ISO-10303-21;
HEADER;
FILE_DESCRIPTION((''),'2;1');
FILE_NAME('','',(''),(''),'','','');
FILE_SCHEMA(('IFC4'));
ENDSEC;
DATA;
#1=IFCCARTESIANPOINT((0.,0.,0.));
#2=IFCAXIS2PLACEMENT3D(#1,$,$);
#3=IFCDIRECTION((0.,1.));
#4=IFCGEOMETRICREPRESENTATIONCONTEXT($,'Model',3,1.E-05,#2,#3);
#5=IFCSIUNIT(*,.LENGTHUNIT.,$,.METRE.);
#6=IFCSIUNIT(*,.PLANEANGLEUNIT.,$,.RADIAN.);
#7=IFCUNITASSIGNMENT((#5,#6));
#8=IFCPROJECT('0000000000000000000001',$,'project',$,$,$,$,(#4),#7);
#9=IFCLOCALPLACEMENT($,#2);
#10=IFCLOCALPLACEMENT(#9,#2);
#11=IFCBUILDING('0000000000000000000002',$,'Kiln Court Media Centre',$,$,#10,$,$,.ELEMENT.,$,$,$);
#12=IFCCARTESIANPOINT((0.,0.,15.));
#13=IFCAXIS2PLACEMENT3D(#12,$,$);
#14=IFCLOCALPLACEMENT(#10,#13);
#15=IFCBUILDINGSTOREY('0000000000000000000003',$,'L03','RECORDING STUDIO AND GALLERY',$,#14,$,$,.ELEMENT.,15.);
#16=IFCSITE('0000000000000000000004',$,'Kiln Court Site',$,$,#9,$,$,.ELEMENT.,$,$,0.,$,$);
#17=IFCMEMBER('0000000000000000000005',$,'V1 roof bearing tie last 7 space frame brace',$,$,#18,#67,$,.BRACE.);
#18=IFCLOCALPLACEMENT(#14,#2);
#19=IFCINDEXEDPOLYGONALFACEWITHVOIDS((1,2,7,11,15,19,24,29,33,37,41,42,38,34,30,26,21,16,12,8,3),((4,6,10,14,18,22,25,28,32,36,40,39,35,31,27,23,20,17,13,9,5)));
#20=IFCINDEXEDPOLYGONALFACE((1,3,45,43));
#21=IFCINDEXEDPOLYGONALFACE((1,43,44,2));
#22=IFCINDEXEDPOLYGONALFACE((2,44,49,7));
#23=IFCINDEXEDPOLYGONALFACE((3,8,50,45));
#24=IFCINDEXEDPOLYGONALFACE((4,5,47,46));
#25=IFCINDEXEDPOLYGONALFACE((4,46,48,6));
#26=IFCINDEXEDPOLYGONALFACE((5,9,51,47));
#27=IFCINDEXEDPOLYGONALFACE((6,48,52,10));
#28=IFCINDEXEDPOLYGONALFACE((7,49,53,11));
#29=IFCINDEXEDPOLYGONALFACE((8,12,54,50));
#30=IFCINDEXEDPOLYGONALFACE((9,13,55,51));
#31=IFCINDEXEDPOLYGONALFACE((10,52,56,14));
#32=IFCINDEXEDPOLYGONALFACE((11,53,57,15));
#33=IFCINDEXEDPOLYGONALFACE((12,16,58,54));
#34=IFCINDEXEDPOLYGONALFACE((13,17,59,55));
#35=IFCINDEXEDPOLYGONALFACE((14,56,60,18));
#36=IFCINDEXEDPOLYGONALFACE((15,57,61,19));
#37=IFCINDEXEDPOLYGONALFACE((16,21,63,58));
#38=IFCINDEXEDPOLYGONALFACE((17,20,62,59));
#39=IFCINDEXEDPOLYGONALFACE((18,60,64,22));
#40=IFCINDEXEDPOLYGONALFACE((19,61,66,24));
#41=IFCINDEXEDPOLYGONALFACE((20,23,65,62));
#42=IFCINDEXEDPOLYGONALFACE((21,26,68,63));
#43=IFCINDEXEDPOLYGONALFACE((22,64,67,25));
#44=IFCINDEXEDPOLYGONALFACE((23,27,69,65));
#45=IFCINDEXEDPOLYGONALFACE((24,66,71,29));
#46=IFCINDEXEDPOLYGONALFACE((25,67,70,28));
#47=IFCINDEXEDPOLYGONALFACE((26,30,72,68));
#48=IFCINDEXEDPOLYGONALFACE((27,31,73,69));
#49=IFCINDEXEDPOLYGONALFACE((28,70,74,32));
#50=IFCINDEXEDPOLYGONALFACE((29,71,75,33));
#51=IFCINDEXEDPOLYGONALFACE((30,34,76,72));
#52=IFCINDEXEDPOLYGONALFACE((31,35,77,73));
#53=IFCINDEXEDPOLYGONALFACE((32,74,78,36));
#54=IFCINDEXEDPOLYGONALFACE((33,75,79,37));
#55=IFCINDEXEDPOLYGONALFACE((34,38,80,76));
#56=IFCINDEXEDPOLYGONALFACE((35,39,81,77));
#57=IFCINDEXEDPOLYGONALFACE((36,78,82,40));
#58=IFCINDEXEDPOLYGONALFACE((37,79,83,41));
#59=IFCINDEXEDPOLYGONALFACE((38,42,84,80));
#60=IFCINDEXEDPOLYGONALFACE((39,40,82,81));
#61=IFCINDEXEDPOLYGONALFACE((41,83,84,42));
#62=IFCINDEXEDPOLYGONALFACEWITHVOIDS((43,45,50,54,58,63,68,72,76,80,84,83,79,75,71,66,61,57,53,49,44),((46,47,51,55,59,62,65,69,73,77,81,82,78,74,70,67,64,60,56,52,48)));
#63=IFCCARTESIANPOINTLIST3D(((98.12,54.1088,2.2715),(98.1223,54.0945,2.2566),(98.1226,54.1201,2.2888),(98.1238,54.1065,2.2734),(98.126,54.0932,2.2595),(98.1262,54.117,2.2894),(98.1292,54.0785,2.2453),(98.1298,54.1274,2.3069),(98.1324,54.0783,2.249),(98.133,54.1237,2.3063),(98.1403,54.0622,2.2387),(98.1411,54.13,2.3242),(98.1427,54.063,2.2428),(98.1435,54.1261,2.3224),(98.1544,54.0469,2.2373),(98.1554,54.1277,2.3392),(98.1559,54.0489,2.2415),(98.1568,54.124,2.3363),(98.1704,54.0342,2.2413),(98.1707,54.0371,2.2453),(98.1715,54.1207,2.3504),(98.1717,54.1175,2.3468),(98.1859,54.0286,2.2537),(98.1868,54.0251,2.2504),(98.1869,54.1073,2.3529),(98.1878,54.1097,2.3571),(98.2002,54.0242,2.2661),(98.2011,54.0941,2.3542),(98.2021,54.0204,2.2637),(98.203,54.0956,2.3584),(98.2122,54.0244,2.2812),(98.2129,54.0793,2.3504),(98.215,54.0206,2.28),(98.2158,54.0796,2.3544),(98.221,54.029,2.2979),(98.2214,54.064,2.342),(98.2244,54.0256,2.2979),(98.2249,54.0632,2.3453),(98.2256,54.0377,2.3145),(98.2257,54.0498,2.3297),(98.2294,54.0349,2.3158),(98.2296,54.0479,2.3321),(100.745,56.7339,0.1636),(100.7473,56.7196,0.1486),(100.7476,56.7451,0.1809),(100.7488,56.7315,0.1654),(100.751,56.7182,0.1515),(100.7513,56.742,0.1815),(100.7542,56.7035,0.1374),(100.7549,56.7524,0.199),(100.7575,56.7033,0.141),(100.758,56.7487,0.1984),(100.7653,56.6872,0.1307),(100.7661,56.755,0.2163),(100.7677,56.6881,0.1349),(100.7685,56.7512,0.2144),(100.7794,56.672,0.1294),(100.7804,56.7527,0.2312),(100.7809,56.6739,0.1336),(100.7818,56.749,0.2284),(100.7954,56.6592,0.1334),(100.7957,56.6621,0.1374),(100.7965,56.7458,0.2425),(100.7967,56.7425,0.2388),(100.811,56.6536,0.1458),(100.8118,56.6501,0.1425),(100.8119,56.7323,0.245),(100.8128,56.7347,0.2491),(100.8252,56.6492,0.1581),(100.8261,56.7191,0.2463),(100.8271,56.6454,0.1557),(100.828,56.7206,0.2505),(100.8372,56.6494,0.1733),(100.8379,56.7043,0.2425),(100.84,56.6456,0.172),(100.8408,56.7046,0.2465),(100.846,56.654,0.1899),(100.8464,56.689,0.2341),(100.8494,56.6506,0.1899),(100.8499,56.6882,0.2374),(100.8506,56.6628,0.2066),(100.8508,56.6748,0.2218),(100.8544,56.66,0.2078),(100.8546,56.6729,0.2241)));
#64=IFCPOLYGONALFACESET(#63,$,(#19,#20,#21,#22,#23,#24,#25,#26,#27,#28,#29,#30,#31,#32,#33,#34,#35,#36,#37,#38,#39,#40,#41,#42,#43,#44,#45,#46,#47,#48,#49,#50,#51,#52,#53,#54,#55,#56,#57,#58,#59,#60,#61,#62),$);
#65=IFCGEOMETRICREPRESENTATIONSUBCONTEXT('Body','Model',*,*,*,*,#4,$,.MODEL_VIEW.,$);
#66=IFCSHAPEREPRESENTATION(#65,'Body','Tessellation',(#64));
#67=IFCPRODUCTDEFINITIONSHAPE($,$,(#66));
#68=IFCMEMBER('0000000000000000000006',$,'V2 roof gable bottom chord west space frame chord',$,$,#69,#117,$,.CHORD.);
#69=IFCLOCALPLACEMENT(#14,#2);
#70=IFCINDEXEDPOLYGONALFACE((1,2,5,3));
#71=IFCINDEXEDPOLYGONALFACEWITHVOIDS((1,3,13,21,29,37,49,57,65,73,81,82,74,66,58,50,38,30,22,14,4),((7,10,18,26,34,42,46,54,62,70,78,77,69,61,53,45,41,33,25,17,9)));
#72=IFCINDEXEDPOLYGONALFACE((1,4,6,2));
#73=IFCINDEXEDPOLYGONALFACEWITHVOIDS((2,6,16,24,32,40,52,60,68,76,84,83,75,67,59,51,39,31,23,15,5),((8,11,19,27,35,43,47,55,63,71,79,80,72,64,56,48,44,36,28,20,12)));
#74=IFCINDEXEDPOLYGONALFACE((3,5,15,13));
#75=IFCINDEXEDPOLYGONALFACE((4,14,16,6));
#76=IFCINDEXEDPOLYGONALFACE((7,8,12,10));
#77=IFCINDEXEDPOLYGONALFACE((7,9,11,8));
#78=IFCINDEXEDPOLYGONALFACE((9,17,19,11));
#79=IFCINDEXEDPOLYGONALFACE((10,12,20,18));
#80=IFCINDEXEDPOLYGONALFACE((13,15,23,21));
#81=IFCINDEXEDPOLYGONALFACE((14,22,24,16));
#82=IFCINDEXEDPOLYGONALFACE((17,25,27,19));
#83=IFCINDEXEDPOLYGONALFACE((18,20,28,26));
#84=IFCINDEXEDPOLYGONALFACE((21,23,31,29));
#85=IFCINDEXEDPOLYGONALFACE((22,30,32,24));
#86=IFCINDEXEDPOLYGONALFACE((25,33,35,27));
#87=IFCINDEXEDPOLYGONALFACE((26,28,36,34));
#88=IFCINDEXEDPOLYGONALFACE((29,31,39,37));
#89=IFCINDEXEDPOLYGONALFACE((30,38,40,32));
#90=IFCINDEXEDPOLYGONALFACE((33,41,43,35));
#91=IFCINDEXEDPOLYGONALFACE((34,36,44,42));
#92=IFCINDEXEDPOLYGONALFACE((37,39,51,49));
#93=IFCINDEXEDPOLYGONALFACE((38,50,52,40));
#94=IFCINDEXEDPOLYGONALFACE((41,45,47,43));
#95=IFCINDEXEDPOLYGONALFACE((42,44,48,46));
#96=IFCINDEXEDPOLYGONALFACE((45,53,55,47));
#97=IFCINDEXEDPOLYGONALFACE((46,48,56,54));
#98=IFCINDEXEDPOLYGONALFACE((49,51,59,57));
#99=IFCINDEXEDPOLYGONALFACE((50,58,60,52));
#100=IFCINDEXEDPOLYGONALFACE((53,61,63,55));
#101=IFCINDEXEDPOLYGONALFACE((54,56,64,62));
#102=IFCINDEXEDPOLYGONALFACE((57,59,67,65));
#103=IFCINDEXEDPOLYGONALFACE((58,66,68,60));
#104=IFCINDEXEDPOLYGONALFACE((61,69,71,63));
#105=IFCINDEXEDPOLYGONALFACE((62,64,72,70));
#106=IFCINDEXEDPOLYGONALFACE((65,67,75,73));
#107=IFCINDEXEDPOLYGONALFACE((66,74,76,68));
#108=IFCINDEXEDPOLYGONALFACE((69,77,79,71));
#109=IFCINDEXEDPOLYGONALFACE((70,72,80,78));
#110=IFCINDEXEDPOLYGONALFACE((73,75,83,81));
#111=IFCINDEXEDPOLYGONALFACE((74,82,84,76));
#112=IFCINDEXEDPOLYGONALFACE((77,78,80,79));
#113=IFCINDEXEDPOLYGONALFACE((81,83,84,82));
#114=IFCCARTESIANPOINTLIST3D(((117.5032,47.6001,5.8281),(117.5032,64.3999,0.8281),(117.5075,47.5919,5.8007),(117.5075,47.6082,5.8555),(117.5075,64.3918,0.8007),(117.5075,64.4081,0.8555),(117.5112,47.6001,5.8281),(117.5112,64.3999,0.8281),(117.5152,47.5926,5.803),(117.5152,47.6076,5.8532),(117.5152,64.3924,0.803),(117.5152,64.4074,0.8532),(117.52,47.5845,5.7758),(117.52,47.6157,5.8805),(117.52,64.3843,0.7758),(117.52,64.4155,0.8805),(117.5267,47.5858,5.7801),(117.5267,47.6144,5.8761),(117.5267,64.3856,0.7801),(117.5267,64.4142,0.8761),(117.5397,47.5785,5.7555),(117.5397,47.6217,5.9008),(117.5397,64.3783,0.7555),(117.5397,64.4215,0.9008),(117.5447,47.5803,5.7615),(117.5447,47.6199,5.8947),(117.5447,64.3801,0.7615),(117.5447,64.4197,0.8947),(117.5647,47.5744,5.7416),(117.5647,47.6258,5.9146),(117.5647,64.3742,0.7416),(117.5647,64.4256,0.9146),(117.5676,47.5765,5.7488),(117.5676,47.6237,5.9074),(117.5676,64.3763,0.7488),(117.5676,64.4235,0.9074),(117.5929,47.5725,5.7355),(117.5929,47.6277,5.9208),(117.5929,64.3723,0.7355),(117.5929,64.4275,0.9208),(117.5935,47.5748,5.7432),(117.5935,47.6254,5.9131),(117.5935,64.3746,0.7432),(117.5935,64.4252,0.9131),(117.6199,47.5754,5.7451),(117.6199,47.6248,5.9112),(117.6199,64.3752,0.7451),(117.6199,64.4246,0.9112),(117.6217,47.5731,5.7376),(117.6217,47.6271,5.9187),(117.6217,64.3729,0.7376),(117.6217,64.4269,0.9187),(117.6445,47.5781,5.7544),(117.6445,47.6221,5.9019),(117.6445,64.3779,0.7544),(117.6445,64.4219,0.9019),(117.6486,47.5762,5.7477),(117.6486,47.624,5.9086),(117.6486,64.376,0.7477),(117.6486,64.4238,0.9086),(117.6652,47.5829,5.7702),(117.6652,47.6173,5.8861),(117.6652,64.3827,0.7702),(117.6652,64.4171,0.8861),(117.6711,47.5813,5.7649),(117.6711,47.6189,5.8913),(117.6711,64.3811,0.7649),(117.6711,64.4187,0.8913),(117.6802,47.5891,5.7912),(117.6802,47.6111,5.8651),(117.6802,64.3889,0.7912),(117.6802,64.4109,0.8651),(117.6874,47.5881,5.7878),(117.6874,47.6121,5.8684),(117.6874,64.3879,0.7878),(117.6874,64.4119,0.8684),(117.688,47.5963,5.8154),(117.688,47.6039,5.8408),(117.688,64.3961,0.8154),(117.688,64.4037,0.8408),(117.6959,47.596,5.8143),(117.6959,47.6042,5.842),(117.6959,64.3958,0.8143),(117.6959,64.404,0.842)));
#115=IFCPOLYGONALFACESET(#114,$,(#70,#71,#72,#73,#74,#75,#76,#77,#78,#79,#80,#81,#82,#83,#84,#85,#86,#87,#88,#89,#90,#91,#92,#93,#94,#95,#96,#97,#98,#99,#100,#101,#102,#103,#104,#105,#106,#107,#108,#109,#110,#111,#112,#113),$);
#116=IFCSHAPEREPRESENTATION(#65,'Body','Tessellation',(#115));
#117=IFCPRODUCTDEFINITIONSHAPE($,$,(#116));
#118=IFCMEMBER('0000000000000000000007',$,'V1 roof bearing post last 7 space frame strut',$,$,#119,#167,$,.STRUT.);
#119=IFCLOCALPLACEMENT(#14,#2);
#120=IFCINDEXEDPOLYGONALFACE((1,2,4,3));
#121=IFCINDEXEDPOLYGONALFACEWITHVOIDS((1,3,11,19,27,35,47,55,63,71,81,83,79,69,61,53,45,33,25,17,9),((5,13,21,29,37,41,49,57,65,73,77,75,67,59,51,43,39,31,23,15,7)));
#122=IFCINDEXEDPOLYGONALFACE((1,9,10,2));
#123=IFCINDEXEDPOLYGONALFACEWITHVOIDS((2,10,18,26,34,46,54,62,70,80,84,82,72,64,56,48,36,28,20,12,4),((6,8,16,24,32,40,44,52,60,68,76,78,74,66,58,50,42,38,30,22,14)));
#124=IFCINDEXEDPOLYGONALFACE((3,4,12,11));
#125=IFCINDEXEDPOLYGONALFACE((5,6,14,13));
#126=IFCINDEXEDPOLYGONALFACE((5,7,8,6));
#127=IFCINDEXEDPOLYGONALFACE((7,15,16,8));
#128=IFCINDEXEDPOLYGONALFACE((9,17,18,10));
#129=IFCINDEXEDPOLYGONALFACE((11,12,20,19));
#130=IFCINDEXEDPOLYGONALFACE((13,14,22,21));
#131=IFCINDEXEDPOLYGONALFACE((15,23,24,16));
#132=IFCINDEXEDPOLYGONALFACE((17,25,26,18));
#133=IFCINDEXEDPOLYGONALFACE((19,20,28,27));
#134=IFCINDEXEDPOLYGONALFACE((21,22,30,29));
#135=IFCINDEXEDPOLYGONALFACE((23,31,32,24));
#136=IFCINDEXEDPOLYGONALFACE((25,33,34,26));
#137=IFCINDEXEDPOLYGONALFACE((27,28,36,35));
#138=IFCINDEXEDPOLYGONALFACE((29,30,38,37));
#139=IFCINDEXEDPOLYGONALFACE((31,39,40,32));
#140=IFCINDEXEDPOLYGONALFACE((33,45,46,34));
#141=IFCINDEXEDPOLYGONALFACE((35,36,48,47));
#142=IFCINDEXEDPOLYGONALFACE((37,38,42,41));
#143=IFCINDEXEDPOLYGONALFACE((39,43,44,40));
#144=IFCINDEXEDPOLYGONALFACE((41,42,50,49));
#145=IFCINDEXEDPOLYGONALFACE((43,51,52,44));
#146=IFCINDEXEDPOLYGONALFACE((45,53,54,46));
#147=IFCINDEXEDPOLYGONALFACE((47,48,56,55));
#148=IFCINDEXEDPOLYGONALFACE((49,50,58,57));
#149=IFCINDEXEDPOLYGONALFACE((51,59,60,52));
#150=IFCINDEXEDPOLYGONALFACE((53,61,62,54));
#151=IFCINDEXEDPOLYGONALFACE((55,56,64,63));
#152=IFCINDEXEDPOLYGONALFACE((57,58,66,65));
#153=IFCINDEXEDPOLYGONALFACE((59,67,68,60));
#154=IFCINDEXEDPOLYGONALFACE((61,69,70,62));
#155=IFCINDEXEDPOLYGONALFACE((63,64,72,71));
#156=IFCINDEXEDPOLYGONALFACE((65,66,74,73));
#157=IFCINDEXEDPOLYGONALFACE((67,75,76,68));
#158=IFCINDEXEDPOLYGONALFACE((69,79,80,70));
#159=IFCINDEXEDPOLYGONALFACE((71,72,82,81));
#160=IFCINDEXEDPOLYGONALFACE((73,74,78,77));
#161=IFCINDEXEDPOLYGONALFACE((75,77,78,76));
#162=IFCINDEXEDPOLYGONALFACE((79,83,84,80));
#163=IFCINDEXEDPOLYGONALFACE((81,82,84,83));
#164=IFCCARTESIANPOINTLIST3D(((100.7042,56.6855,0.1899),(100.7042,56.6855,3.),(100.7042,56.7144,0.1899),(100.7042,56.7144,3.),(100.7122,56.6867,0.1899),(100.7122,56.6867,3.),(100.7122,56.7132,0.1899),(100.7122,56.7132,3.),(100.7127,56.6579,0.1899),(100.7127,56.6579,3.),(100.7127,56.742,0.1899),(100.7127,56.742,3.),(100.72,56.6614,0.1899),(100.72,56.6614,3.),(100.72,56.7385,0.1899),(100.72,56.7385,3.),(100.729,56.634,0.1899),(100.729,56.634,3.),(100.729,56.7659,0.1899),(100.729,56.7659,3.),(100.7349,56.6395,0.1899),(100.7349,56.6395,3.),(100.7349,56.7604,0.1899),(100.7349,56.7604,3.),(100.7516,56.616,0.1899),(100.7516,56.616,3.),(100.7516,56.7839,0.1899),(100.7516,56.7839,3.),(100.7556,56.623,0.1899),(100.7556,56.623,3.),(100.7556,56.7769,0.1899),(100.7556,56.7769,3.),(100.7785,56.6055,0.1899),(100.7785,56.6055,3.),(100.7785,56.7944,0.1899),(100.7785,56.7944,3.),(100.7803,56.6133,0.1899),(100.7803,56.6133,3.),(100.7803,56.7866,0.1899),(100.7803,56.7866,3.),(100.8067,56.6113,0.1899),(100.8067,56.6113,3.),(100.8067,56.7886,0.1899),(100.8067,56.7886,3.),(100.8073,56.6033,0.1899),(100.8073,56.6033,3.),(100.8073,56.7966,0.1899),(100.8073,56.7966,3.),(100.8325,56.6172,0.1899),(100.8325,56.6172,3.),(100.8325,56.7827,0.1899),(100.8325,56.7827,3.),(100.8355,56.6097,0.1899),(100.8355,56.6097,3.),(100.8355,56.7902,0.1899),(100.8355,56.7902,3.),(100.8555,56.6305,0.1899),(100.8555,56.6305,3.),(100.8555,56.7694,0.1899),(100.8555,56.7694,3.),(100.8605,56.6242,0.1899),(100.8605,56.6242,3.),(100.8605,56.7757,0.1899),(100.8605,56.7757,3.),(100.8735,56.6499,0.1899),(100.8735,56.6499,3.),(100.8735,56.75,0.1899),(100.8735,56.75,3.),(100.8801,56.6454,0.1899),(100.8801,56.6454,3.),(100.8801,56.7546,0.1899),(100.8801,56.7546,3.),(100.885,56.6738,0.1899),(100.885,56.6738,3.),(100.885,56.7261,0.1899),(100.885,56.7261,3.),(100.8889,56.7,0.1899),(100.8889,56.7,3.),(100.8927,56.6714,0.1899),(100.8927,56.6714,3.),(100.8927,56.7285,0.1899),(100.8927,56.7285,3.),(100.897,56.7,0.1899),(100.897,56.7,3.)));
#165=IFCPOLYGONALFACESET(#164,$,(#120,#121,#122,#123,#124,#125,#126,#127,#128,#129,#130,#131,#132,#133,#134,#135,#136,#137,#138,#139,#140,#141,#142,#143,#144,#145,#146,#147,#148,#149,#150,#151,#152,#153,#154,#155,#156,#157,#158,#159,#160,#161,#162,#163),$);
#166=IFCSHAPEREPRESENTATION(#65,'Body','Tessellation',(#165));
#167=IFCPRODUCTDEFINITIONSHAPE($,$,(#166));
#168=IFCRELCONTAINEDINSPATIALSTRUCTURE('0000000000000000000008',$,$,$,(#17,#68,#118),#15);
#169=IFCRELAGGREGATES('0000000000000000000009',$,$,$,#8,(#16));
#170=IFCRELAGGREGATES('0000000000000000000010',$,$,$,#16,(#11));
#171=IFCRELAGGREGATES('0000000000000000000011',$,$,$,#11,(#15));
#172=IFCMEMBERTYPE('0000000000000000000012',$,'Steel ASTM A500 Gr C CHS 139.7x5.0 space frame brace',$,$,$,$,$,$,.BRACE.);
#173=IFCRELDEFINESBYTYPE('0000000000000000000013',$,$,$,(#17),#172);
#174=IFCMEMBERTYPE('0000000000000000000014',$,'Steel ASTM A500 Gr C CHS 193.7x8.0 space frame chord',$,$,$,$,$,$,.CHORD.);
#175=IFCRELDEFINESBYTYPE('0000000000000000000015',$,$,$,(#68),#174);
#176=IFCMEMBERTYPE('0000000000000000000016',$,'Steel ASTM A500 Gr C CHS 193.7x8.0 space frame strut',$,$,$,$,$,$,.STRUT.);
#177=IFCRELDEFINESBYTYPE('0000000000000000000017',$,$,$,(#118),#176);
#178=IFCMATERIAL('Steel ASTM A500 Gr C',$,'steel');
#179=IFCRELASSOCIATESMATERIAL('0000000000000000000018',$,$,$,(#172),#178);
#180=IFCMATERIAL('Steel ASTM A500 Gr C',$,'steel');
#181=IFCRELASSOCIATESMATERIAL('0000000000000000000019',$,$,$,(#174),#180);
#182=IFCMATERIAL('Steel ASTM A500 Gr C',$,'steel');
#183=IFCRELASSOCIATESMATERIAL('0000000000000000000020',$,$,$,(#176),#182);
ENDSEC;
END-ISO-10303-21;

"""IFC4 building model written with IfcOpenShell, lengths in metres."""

from ifc_helpers import new_model, si_unit, direction, frame, origin, origin_2d, place, context, subcontext, project, spatial, hollow_circle, extrude, material, material_profile, profile_set, type_object, element, save


model = new_model("IFC4")

# Units and contexts
model_context = context("Model", 3, precision=1e-05, world=origin(), true_north=direction((0.0, 1.0)))
body_context = subcontext(model_context, "Body", "Model", "MODEL_VIEW")
ifc_project = project(units=[si_unit("LENGTHUNIT", "METRE"), si_unit("PLANEANGLEUNIT", "RADIAN")], contexts=[model_context])

# Site, building, storey
site_placement = place(None, origin())
site = spatial("IfcSite", under=ifc_project, at=site_placement, Name="Kiln Court Site", CompositionType="ELEMENT", RefElevation=0.0)
building_placement = place(site_placement, origin())
building = spatial("IfcBuilding", under=site, at=building_placement, Name="Kiln Court Media Centre", CompositionType="ELEMENT")
storey_placement = place(building_placement, frame((0.0, 0.0, 15.0)))
storey = spatial("IfcBuildingStorey", under=building, at=storey_placement, Name="L03", Description="RECORDING STUDIO AND GALLERY", CompositionType="ELEMENT", Elevation=15.0)

# Members
ifc_material_1 = material(Name="Steel ASTM A500 Gr C", Category="steel")
ifc_material_profile_1 = material_profile(ifc_material_1, hollow_circle(Radius=0.0698, WallThickness=0.0049, at=origin_2d()), Name="CHS 139.7x5.0")
ifc_profile_set_1 = profile_set([ifc_material_profile_1], Name="Steel ASTM A500 Gr C")
member_type_1 = type_object("IfcMemberType", Name="Steel ASTM A500 Gr C CHS 139.7x5.0 space frame brace", PredefinedType="BRACE", material=ifc_profile_set_1)
member_1_placement = place(storey_placement, frame((100.8, 56.7, 0.1899), z_axis=(-0.614895, -0.614895, 0.493769), x_axis=(0.707107, -0.707107, 0.0)))
element("IfcMember", 1, at=member_1_placement, inside=storey, type_object=member_type_1, Name="V1 roof bearing tie last 7 space frame brace", PredefinedType="BRACE", context=body_context, shape_type="SweptSolid", body=[
    extrude(hollow_circle(Radius=0.0698, WallThickness=0.0049, at=origin_2d()), origin(), (0.0, 0.0, 1.0), 4.269),
])
ifc_material_2 = material(Name="Steel ASTM A500 Gr C", Category="steel")
ifc_material_profile_2 = material_profile(ifc_material_2, hollow_circle(Radius=0.0969, WallThickness=0.0081, at=origin_2d()), Name="CHS 193.7x8.0")
ifc_profile_set_2 = profile_set([ifc_material_profile_2], Name="Steel ASTM A500 Gr C")
member_type_2 = type_object("IfcMemberType", Name="Steel ASTM A500 Gr C CHS 193.7x8.0 space frame chord", PredefinedType="CHORD", material=ifc_profile_set_2)
member_2_placement = place(storey_placement, frame((117.6001, 47.6001, 5.8281), z_axis=(0.0, 0.958451, -0.285257), x_axis=(-1.0, 0.0, 0.0)))
element("IfcMember", 2, at=member_2_placement, inside=storey, type_object=member_type_2, Name="V2 roof gable bottom chord west space frame chord", PredefinedType="CHORD", context=body_context, shape_type="SweptSolid", body=[
    extrude(hollow_circle(Radius=0.0969, WallThickness=0.0081, at=origin_2d()), origin(), (0.0, 0.0, 1.0), 17.5281),
])
ifc_material_3 = material(Name="Steel ASTM A500 Gr C", Category="steel")
ifc_material_profile_3 = material_profile(ifc_material_3, hollow_circle(Radius=0.0969, WallThickness=0.0081, at=origin_2d()), Name="CHS 193.7x8.0")
ifc_profile_set_3 = profile_set([ifc_material_profile_3], Name="Steel ASTM A500 Gr C")
member_type_3 = type_object("IfcMemberType", Name="Steel ASTM A500 Gr C CHS 193.7x8.0 space frame strut", PredefinedType="STRUT", material=ifc_profile_set_3)
member_3_placement = place(storey_placement, frame((100.8, 56.7, 0.1899), z_axis=(0.0, 0.0, 1.0), x_axis=(1.0, 0.0, 0.0)))
element("IfcMember", 3, at=member_3_placement, inside=storey, type_object=member_type_3, Name="V1 roof bearing post last 7 space frame strut", PredefinedType="STRUT", context=body_context, shape_type="SweptSolid", body=[
    extrude(hollow_circle(Radius=0.0969, WallThickness=0.0081, at=origin_2d()), origin(), (0.0, 0.0, 1.0), 2.8101),
])

save(model, "model.ifc")
